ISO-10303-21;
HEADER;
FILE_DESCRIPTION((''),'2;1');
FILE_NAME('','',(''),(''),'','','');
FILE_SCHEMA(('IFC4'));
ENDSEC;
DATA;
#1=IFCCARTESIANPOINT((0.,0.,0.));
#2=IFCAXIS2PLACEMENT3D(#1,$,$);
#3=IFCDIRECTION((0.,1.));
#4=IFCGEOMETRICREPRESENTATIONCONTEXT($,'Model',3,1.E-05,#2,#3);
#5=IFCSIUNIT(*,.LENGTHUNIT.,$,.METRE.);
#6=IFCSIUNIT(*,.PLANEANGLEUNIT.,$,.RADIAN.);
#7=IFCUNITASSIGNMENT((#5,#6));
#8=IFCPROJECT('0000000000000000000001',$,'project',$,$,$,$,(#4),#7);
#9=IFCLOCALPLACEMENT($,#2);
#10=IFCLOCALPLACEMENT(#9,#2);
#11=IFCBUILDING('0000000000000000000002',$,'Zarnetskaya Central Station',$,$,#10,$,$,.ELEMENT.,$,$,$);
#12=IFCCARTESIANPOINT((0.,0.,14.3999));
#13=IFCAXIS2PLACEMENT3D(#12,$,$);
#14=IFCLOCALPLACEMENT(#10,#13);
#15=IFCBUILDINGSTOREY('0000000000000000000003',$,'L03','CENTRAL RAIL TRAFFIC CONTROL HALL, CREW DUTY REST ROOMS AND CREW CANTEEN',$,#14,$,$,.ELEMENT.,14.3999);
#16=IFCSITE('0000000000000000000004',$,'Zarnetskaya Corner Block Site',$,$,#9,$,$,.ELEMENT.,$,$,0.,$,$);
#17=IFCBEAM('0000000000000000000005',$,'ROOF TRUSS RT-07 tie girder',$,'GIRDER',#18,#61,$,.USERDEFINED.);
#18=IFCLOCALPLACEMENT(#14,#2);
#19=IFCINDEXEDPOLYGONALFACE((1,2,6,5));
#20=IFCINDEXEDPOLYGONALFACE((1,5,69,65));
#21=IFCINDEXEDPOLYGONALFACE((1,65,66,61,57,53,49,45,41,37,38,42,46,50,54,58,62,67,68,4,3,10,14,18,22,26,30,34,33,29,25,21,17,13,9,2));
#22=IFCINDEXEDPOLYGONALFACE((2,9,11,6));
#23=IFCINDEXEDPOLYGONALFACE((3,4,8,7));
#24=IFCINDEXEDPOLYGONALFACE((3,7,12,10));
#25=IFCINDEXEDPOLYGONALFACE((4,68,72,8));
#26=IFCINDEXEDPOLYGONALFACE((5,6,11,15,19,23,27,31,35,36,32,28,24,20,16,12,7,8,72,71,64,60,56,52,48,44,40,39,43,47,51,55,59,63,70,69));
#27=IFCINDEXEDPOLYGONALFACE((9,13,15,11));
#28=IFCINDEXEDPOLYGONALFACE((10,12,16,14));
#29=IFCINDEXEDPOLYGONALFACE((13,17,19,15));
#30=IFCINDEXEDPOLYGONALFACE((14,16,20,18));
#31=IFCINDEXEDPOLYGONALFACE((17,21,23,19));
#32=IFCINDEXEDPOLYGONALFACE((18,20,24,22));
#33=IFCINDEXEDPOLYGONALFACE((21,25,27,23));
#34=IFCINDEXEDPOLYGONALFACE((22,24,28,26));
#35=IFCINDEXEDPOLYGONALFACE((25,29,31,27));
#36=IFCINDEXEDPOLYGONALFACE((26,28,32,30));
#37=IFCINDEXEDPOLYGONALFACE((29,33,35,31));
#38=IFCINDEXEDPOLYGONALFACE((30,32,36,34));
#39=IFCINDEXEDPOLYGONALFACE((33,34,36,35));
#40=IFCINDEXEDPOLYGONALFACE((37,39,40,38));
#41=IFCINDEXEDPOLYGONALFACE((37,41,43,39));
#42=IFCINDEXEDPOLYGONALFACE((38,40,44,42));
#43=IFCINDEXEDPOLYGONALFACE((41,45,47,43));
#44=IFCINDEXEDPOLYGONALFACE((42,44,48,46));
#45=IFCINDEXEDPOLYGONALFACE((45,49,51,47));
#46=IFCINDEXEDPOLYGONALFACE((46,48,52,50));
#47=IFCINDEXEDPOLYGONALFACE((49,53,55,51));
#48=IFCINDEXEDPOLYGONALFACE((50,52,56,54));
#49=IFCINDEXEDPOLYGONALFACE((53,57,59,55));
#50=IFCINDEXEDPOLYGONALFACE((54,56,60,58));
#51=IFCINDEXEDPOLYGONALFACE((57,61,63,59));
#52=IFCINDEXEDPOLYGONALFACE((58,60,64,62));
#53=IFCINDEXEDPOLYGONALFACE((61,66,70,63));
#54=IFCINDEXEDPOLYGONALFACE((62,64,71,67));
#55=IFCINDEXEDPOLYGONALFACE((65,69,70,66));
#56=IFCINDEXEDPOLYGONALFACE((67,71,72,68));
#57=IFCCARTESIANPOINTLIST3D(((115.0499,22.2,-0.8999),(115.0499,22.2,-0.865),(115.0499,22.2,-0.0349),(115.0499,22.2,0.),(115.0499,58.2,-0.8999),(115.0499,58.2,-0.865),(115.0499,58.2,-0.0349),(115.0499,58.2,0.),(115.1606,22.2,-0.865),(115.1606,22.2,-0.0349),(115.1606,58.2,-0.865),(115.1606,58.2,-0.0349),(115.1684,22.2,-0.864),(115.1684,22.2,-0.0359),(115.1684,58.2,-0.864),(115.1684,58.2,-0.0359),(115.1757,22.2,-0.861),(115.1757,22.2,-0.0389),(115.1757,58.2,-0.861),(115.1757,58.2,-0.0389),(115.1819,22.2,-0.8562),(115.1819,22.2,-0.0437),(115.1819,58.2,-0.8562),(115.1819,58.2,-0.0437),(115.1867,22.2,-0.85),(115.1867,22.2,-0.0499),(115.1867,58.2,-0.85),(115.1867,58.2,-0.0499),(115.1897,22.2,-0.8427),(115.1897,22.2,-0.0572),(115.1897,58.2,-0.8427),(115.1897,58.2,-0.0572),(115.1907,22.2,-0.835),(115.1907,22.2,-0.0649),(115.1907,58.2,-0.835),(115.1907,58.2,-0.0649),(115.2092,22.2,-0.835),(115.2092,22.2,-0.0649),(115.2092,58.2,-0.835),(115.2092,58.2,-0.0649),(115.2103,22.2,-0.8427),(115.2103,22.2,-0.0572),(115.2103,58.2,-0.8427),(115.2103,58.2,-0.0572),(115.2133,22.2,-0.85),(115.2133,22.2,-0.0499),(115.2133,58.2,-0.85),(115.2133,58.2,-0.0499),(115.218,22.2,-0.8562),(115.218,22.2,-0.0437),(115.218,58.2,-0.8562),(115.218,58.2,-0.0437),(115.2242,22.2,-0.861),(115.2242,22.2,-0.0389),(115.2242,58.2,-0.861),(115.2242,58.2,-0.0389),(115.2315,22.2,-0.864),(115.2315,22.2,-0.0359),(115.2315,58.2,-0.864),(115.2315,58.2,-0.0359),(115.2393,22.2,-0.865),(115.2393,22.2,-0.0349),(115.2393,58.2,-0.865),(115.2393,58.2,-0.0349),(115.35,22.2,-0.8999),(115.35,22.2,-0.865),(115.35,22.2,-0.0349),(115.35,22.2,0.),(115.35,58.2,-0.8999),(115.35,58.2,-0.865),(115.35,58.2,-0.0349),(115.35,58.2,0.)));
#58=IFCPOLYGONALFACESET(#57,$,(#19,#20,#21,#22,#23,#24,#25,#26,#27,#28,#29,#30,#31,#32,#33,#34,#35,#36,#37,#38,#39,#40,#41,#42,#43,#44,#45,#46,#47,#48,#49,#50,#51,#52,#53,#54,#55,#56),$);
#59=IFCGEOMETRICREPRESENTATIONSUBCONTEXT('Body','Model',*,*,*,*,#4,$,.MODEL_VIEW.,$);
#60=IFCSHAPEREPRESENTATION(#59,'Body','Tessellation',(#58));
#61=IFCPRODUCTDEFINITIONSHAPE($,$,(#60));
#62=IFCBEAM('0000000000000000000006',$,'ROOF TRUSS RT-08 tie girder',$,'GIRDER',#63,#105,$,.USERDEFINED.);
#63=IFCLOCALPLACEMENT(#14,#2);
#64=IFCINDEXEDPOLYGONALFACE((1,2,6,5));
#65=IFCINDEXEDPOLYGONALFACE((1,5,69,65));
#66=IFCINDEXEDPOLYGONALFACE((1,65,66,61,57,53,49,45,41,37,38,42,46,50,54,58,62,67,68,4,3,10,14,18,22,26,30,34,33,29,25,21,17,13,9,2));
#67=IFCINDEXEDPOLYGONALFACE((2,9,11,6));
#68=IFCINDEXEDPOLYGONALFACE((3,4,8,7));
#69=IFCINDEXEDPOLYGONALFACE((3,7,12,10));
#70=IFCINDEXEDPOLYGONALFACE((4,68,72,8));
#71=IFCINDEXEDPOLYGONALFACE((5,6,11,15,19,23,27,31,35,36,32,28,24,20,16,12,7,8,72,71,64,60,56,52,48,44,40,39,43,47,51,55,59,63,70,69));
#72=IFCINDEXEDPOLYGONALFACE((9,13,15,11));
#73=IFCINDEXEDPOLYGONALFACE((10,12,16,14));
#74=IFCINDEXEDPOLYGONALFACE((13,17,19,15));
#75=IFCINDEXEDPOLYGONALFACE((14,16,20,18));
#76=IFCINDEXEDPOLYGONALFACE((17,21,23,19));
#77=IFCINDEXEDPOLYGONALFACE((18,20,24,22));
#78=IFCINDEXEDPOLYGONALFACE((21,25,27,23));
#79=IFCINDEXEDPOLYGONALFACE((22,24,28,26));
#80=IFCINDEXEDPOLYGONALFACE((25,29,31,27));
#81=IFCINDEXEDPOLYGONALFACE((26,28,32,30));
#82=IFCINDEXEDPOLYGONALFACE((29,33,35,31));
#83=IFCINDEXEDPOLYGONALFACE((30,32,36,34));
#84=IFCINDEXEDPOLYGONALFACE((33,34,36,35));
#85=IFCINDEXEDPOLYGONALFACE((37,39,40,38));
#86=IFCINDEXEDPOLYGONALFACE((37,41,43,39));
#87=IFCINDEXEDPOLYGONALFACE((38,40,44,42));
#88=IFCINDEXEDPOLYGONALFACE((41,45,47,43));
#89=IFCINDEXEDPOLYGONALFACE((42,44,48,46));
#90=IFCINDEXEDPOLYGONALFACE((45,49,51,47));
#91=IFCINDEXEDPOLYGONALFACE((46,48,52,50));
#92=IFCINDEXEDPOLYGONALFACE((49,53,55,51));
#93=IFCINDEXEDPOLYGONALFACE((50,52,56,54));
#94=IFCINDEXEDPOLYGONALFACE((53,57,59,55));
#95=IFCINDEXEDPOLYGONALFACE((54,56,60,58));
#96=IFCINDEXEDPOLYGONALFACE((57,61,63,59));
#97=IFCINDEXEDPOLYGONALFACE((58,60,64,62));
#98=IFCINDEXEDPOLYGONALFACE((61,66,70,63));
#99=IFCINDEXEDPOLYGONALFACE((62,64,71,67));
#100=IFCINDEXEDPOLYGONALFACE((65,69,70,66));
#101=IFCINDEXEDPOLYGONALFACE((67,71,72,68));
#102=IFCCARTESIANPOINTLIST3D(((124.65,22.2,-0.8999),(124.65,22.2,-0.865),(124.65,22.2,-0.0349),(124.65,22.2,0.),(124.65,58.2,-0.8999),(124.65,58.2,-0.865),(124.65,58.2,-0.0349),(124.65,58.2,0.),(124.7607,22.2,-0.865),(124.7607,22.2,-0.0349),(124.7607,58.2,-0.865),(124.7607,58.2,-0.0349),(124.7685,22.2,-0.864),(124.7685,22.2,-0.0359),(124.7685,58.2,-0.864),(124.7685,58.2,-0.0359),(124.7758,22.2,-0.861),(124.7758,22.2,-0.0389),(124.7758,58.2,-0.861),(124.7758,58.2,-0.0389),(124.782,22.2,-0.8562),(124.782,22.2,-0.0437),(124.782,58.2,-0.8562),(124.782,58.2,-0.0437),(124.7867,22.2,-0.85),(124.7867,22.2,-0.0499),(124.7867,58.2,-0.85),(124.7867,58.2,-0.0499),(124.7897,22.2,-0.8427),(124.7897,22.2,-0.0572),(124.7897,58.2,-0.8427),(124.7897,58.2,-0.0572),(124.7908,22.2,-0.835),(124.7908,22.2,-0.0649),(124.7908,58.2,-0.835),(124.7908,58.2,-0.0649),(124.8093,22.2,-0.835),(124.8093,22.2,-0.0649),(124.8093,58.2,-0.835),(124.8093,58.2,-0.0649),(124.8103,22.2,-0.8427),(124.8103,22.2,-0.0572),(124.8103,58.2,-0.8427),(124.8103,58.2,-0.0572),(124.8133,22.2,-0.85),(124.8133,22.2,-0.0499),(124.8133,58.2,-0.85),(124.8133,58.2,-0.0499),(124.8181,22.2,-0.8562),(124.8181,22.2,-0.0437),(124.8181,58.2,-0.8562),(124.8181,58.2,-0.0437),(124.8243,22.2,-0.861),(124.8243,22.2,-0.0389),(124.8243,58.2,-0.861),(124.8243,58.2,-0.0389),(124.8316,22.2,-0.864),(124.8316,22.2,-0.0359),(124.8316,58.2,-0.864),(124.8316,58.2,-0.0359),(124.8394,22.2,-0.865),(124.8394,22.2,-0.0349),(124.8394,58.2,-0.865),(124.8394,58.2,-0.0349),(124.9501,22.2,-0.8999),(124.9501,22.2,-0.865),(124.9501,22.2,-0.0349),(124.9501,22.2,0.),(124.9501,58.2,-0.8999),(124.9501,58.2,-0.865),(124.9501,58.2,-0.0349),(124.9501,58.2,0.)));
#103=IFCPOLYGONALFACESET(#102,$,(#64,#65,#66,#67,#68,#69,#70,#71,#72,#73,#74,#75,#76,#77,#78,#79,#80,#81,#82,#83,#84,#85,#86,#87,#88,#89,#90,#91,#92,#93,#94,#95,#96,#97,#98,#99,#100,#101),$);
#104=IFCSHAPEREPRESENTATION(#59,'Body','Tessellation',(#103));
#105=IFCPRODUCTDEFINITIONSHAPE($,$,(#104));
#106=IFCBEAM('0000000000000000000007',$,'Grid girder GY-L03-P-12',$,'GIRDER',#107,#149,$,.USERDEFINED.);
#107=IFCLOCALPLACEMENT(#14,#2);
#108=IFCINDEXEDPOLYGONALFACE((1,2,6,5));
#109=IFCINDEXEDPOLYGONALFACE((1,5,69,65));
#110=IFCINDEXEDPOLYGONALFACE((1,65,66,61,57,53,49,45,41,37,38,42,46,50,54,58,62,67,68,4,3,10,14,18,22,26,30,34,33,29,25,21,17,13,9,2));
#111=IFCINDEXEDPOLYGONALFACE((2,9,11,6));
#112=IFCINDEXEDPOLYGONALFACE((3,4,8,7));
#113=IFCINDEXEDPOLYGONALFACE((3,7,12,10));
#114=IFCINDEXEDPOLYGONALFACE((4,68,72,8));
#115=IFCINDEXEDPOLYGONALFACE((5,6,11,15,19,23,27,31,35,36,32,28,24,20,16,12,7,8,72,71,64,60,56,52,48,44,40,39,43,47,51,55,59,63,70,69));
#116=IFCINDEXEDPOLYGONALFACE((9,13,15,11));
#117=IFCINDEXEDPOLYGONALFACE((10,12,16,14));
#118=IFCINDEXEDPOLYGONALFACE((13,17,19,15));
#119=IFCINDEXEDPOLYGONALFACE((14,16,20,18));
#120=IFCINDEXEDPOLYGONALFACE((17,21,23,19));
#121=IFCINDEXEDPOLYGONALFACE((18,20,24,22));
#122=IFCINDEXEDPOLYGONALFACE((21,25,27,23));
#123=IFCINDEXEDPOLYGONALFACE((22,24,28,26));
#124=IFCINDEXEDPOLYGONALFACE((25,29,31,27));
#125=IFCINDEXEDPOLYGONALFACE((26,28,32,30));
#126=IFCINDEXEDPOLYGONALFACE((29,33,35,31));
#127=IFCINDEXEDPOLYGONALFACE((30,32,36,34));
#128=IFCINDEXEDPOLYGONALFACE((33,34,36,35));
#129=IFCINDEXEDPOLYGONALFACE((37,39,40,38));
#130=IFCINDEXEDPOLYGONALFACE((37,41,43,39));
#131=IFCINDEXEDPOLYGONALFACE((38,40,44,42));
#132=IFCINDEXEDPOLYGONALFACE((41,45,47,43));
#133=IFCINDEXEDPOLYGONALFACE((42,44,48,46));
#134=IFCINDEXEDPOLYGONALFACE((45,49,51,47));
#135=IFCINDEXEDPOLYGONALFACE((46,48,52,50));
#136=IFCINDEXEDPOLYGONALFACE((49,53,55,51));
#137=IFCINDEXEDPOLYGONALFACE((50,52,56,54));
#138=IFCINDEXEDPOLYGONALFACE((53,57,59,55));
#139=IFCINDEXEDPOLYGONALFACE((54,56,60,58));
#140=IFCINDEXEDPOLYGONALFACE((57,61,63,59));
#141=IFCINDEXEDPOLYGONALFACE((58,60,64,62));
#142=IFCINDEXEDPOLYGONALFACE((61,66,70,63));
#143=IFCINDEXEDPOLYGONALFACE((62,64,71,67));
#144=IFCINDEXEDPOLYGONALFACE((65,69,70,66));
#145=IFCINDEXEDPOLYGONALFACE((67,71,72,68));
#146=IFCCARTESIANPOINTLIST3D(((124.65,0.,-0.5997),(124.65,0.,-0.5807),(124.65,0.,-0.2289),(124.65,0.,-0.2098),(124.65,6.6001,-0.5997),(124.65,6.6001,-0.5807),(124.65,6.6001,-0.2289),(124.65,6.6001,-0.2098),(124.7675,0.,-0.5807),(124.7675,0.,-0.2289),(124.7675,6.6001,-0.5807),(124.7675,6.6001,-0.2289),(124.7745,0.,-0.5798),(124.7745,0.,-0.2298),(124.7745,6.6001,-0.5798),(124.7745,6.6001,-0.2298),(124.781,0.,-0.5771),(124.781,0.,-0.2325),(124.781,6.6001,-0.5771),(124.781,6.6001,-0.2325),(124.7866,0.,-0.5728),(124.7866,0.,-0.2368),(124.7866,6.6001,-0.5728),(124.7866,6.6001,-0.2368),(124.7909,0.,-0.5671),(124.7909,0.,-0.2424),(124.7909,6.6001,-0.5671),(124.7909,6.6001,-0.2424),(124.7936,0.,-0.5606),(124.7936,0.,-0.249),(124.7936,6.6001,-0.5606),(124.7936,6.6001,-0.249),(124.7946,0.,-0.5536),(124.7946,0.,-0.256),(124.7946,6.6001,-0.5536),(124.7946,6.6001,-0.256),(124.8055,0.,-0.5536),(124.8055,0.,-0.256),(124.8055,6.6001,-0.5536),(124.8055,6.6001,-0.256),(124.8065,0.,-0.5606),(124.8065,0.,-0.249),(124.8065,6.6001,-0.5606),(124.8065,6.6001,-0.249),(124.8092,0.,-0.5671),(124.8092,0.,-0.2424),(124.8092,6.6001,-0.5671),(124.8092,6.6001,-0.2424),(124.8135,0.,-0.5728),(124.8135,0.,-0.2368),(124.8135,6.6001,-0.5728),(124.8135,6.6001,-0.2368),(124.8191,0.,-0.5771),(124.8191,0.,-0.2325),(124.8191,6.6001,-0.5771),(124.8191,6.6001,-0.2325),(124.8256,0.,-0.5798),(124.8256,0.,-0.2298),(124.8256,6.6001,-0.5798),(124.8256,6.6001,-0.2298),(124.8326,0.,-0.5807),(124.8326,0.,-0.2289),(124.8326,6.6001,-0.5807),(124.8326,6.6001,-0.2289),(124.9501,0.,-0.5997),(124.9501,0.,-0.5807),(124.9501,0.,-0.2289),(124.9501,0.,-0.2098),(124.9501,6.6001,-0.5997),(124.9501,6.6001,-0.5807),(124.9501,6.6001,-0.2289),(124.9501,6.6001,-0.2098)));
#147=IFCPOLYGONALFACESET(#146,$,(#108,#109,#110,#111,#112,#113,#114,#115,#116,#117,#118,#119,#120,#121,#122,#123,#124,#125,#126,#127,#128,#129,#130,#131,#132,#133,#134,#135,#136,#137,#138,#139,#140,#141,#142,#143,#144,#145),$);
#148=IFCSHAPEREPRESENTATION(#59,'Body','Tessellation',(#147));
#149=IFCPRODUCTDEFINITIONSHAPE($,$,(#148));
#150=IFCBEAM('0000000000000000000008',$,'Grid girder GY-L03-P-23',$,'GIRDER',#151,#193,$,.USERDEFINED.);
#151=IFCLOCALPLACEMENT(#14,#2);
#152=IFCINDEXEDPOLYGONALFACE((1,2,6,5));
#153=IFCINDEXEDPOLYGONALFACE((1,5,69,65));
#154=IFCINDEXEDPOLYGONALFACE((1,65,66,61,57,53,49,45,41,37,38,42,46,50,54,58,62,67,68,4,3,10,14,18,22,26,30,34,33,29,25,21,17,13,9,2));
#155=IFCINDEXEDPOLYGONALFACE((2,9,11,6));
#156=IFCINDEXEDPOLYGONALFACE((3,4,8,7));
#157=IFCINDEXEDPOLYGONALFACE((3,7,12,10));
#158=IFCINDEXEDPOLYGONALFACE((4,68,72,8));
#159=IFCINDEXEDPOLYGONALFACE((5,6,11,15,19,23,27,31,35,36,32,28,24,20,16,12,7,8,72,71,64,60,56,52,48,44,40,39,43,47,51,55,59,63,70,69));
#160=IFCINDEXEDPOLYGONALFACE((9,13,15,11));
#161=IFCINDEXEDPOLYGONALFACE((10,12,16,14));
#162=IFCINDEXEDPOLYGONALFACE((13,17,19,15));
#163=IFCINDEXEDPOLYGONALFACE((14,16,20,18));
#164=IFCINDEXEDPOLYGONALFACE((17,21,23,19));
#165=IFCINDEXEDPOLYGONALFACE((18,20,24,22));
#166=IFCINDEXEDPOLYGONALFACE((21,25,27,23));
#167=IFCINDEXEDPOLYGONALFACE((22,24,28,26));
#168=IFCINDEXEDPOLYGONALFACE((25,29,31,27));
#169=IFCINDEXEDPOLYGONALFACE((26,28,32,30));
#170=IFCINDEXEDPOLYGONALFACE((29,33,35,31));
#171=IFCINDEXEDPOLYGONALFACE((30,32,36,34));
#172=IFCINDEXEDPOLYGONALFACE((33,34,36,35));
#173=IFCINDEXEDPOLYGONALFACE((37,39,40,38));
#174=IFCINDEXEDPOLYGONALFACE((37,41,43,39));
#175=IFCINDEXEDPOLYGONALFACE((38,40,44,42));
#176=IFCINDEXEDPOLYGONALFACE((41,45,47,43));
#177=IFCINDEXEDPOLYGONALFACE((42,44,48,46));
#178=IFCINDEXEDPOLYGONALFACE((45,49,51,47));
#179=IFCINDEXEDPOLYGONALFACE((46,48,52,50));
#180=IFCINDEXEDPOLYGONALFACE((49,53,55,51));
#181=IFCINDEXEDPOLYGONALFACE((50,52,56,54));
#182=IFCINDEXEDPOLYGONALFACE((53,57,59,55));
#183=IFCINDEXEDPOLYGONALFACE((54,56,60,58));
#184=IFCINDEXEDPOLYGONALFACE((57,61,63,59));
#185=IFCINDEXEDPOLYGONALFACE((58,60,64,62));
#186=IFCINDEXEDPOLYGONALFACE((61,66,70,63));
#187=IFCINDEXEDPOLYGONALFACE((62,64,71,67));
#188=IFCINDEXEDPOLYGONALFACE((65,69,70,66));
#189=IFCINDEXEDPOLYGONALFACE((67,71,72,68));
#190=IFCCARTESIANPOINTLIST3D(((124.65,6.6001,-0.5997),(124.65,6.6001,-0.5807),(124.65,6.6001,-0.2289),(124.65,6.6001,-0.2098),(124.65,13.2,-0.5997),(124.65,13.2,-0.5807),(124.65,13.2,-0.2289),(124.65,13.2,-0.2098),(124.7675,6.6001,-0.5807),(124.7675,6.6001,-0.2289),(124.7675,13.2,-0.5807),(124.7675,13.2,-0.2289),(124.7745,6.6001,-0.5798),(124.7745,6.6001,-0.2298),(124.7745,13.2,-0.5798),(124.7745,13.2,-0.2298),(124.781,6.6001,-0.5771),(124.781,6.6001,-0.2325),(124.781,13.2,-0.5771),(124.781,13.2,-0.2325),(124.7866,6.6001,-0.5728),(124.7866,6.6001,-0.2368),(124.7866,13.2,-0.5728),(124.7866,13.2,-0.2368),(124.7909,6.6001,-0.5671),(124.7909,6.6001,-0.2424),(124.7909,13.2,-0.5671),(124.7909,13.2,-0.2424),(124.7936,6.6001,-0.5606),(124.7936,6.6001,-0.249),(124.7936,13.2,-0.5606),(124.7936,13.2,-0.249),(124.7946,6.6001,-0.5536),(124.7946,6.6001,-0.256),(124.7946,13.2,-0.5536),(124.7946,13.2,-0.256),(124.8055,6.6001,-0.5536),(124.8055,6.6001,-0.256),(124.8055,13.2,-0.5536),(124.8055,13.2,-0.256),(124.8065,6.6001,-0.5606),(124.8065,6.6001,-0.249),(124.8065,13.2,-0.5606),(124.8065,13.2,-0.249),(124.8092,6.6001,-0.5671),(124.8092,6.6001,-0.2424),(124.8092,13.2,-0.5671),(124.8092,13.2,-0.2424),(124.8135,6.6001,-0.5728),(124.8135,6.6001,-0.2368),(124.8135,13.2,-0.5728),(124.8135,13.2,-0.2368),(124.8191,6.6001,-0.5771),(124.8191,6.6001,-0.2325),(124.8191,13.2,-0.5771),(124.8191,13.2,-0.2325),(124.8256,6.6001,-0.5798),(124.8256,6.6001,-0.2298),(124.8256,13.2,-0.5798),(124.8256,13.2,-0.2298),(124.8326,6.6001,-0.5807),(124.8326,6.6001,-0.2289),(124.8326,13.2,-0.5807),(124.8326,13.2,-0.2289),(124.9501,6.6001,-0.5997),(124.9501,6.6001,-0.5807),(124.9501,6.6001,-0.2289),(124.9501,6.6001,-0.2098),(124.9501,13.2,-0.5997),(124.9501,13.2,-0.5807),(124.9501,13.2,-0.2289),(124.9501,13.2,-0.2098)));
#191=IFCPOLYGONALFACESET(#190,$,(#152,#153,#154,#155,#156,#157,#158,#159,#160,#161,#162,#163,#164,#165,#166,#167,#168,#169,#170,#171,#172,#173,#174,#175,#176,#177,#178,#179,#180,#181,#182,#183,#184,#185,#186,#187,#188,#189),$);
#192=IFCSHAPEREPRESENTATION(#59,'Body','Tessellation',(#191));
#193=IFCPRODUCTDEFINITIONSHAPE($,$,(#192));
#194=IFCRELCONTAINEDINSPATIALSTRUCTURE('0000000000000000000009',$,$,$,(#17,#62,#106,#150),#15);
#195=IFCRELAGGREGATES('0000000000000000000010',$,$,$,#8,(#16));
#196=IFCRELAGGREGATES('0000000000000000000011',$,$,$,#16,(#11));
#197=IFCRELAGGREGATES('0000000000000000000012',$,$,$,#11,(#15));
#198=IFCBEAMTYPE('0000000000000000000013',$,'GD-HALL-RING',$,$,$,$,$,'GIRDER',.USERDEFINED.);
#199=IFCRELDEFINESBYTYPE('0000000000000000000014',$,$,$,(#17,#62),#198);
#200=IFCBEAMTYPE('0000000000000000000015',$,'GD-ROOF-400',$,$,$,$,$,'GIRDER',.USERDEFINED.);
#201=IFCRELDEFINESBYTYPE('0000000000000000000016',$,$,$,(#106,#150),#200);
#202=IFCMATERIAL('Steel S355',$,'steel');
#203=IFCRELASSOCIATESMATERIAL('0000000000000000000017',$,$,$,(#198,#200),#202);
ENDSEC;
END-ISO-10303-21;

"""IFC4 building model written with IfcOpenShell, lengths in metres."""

from ifc_helpers import new_model, si_unit, direction, frame, origin, origin_2d, place, context, subcontext, project, spatial, i_section, extrude, material, material_profile, profile_set, type_object, element, save


model = new_model("IFC4")

# Units and contexts
model_context = context("Model", 3, precision=1e-05, world=origin(), true_north=direction((0.0, 1.0)))
body_context = subcontext(model_context, "Body", "Model", "MODEL_VIEW")
ifc_project = project(units=[si_unit("LENGTHUNIT", "METRE"), si_unit("PLANEANGLEUNIT", "RADIAN")], contexts=[model_context])

# Site, building, storey
site_placement = place(None, origin())
site = spatial("IfcSite", under=ifc_project, at=site_placement, Name="Zarnetskaya Corner Block Site", CompositionType="ELEMENT", RefElevation=0.0)
building_placement = place(site_placement, origin())
building = spatial("IfcBuilding", under=site, at=building_placement, Name="Zarnetskaya Central Station", CompositionType="ELEMENT")
storey_placement = place(building_placement, frame((0.0, 0.0, 14.3999)))
storey = spatial("IfcBuildingStorey", under=building, at=storey_placement, Name="L03", Description="CENTRAL RAIL TRAFFIC CONTROL HALL, CREW DUTY REST ROOMS AND CREW CANTEEN", CompositionType="ELEMENT", Elevation=14.3999)

# Beams
ifc_material_1 = material(Name="Steel S355", Category="steel")
ifc_material_profile_1 = material_profile(ifc_material_1, i_section(OverallWidth=0.3, OverallDepth=0.8999, WebThickness=0.0186, FlangeThickness=0.0349, FilletRadius=0.03, at=origin_2d()), Name="HEB 900")
ifc_profile_set_1 = profile_set([ifc_material_profile_1], Name="Steel S355")
beam_type_1 = type_object("IfcBeamType", Name="GD-HALL-RING", ElementType="GIRDER", PredefinedType="USERDEFINED", material=ifc_profile_set_1)
for number, where, z_axis, x_axis, name in (
    (1, (115.2, 22.2, -0.45), (0.0, 1.0, 0.0), (-1.0, 0.0, 0.0), "ROOF TRUSS RT-07 tie girder"),
    (2, (124.8, 22.2, -0.45), (0.0, 1.0, 0.0), (-1.0, 0.0, 0.0), "ROOF TRUSS RT-08 tie girder"),
):
    element("IfcBeam", number, at=place(storey_placement, frame(where, z_axis=z_axis, x_axis=x_axis)), inside=storey, type_object=beam_type_1, Name=name, ObjectType="GIRDER", PredefinedType="USERDEFINED", context=body_context, shape_type="SweptSolid", body=[
        extrude(i_section(OverallWidth=0.3, OverallDepth=0.8999, WebThickness=0.0186, FlangeThickness=0.0349, FilletRadius=0.03, at=origin_2d()), origin(), (0.0, 0.0, 1.0), 36.0),
    ])
ifc_material_profile_2 = material_profile(ifc_material_1, i_section(OverallWidth=0.3, OverallDepth=0.3899, WebThickness=0.011, FlangeThickness=0.019, FilletRadius=0.0271, at=origin_2d()), Name="HEA 400")
ifc_profile_set_2 = profile_set([ifc_material_profile_2], Name="Steel S355")
beam_type_2 = type_object("IfcBeamType", Name="GD-ROOF-400", ElementType="GIRDER", PredefinedType="USERDEFINED", material=ifc_profile_set_2)
beam_1_placement = place(storey_placement, frame((124.8, 0.0, -0.4048), z_axis=(0.0, 1.0, 0.0), x_axis=(-1.0, 0.0, 0.0)))
element("IfcBeam", 3, at=beam_1_placement, inside=storey, type_object=beam_type_2, Name="Grid girder GY-L03-P-12", ObjectType="GIRDER", PredefinedType="USERDEFINED", context=body_context, shape_type="SweptSolid", body=[
    extrude(i_section(OverallWidth=0.3, OverallDepth=0.3899, WebThickness=0.011, FlangeThickness=0.019, FilletRadius=0.0271, at=origin_2d()), origin(), (0.0, 0.0, 1.0), 6.6001),
])
beam_2_placement = place(storey_placement, frame((124.8, 6.6001, -0.4048), z_axis=(0.0, 1.0, 0.0), x_axis=(-1.0, 0.0, 0.0)))
element("IfcBeam", 4, at=beam_2_placement, inside=storey, type_object=beam_type_2, Name="Grid girder GY-L03-P-23", ObjectType="GIRDER", PredefinedType="USERDEFINED", context=body_context, shape_type="SweptSolid", body=[
    extrude(i_section(OverallWidth=0.3, OverallDepth=0.3899, WebThickness=0.011, FlangeThickness=0.019, FilletRadius=0.0271, at=origin_2d()), origin(), (0.0, 0.0, 1.0), 6.5999),
])

save(model, "model.ifc")
